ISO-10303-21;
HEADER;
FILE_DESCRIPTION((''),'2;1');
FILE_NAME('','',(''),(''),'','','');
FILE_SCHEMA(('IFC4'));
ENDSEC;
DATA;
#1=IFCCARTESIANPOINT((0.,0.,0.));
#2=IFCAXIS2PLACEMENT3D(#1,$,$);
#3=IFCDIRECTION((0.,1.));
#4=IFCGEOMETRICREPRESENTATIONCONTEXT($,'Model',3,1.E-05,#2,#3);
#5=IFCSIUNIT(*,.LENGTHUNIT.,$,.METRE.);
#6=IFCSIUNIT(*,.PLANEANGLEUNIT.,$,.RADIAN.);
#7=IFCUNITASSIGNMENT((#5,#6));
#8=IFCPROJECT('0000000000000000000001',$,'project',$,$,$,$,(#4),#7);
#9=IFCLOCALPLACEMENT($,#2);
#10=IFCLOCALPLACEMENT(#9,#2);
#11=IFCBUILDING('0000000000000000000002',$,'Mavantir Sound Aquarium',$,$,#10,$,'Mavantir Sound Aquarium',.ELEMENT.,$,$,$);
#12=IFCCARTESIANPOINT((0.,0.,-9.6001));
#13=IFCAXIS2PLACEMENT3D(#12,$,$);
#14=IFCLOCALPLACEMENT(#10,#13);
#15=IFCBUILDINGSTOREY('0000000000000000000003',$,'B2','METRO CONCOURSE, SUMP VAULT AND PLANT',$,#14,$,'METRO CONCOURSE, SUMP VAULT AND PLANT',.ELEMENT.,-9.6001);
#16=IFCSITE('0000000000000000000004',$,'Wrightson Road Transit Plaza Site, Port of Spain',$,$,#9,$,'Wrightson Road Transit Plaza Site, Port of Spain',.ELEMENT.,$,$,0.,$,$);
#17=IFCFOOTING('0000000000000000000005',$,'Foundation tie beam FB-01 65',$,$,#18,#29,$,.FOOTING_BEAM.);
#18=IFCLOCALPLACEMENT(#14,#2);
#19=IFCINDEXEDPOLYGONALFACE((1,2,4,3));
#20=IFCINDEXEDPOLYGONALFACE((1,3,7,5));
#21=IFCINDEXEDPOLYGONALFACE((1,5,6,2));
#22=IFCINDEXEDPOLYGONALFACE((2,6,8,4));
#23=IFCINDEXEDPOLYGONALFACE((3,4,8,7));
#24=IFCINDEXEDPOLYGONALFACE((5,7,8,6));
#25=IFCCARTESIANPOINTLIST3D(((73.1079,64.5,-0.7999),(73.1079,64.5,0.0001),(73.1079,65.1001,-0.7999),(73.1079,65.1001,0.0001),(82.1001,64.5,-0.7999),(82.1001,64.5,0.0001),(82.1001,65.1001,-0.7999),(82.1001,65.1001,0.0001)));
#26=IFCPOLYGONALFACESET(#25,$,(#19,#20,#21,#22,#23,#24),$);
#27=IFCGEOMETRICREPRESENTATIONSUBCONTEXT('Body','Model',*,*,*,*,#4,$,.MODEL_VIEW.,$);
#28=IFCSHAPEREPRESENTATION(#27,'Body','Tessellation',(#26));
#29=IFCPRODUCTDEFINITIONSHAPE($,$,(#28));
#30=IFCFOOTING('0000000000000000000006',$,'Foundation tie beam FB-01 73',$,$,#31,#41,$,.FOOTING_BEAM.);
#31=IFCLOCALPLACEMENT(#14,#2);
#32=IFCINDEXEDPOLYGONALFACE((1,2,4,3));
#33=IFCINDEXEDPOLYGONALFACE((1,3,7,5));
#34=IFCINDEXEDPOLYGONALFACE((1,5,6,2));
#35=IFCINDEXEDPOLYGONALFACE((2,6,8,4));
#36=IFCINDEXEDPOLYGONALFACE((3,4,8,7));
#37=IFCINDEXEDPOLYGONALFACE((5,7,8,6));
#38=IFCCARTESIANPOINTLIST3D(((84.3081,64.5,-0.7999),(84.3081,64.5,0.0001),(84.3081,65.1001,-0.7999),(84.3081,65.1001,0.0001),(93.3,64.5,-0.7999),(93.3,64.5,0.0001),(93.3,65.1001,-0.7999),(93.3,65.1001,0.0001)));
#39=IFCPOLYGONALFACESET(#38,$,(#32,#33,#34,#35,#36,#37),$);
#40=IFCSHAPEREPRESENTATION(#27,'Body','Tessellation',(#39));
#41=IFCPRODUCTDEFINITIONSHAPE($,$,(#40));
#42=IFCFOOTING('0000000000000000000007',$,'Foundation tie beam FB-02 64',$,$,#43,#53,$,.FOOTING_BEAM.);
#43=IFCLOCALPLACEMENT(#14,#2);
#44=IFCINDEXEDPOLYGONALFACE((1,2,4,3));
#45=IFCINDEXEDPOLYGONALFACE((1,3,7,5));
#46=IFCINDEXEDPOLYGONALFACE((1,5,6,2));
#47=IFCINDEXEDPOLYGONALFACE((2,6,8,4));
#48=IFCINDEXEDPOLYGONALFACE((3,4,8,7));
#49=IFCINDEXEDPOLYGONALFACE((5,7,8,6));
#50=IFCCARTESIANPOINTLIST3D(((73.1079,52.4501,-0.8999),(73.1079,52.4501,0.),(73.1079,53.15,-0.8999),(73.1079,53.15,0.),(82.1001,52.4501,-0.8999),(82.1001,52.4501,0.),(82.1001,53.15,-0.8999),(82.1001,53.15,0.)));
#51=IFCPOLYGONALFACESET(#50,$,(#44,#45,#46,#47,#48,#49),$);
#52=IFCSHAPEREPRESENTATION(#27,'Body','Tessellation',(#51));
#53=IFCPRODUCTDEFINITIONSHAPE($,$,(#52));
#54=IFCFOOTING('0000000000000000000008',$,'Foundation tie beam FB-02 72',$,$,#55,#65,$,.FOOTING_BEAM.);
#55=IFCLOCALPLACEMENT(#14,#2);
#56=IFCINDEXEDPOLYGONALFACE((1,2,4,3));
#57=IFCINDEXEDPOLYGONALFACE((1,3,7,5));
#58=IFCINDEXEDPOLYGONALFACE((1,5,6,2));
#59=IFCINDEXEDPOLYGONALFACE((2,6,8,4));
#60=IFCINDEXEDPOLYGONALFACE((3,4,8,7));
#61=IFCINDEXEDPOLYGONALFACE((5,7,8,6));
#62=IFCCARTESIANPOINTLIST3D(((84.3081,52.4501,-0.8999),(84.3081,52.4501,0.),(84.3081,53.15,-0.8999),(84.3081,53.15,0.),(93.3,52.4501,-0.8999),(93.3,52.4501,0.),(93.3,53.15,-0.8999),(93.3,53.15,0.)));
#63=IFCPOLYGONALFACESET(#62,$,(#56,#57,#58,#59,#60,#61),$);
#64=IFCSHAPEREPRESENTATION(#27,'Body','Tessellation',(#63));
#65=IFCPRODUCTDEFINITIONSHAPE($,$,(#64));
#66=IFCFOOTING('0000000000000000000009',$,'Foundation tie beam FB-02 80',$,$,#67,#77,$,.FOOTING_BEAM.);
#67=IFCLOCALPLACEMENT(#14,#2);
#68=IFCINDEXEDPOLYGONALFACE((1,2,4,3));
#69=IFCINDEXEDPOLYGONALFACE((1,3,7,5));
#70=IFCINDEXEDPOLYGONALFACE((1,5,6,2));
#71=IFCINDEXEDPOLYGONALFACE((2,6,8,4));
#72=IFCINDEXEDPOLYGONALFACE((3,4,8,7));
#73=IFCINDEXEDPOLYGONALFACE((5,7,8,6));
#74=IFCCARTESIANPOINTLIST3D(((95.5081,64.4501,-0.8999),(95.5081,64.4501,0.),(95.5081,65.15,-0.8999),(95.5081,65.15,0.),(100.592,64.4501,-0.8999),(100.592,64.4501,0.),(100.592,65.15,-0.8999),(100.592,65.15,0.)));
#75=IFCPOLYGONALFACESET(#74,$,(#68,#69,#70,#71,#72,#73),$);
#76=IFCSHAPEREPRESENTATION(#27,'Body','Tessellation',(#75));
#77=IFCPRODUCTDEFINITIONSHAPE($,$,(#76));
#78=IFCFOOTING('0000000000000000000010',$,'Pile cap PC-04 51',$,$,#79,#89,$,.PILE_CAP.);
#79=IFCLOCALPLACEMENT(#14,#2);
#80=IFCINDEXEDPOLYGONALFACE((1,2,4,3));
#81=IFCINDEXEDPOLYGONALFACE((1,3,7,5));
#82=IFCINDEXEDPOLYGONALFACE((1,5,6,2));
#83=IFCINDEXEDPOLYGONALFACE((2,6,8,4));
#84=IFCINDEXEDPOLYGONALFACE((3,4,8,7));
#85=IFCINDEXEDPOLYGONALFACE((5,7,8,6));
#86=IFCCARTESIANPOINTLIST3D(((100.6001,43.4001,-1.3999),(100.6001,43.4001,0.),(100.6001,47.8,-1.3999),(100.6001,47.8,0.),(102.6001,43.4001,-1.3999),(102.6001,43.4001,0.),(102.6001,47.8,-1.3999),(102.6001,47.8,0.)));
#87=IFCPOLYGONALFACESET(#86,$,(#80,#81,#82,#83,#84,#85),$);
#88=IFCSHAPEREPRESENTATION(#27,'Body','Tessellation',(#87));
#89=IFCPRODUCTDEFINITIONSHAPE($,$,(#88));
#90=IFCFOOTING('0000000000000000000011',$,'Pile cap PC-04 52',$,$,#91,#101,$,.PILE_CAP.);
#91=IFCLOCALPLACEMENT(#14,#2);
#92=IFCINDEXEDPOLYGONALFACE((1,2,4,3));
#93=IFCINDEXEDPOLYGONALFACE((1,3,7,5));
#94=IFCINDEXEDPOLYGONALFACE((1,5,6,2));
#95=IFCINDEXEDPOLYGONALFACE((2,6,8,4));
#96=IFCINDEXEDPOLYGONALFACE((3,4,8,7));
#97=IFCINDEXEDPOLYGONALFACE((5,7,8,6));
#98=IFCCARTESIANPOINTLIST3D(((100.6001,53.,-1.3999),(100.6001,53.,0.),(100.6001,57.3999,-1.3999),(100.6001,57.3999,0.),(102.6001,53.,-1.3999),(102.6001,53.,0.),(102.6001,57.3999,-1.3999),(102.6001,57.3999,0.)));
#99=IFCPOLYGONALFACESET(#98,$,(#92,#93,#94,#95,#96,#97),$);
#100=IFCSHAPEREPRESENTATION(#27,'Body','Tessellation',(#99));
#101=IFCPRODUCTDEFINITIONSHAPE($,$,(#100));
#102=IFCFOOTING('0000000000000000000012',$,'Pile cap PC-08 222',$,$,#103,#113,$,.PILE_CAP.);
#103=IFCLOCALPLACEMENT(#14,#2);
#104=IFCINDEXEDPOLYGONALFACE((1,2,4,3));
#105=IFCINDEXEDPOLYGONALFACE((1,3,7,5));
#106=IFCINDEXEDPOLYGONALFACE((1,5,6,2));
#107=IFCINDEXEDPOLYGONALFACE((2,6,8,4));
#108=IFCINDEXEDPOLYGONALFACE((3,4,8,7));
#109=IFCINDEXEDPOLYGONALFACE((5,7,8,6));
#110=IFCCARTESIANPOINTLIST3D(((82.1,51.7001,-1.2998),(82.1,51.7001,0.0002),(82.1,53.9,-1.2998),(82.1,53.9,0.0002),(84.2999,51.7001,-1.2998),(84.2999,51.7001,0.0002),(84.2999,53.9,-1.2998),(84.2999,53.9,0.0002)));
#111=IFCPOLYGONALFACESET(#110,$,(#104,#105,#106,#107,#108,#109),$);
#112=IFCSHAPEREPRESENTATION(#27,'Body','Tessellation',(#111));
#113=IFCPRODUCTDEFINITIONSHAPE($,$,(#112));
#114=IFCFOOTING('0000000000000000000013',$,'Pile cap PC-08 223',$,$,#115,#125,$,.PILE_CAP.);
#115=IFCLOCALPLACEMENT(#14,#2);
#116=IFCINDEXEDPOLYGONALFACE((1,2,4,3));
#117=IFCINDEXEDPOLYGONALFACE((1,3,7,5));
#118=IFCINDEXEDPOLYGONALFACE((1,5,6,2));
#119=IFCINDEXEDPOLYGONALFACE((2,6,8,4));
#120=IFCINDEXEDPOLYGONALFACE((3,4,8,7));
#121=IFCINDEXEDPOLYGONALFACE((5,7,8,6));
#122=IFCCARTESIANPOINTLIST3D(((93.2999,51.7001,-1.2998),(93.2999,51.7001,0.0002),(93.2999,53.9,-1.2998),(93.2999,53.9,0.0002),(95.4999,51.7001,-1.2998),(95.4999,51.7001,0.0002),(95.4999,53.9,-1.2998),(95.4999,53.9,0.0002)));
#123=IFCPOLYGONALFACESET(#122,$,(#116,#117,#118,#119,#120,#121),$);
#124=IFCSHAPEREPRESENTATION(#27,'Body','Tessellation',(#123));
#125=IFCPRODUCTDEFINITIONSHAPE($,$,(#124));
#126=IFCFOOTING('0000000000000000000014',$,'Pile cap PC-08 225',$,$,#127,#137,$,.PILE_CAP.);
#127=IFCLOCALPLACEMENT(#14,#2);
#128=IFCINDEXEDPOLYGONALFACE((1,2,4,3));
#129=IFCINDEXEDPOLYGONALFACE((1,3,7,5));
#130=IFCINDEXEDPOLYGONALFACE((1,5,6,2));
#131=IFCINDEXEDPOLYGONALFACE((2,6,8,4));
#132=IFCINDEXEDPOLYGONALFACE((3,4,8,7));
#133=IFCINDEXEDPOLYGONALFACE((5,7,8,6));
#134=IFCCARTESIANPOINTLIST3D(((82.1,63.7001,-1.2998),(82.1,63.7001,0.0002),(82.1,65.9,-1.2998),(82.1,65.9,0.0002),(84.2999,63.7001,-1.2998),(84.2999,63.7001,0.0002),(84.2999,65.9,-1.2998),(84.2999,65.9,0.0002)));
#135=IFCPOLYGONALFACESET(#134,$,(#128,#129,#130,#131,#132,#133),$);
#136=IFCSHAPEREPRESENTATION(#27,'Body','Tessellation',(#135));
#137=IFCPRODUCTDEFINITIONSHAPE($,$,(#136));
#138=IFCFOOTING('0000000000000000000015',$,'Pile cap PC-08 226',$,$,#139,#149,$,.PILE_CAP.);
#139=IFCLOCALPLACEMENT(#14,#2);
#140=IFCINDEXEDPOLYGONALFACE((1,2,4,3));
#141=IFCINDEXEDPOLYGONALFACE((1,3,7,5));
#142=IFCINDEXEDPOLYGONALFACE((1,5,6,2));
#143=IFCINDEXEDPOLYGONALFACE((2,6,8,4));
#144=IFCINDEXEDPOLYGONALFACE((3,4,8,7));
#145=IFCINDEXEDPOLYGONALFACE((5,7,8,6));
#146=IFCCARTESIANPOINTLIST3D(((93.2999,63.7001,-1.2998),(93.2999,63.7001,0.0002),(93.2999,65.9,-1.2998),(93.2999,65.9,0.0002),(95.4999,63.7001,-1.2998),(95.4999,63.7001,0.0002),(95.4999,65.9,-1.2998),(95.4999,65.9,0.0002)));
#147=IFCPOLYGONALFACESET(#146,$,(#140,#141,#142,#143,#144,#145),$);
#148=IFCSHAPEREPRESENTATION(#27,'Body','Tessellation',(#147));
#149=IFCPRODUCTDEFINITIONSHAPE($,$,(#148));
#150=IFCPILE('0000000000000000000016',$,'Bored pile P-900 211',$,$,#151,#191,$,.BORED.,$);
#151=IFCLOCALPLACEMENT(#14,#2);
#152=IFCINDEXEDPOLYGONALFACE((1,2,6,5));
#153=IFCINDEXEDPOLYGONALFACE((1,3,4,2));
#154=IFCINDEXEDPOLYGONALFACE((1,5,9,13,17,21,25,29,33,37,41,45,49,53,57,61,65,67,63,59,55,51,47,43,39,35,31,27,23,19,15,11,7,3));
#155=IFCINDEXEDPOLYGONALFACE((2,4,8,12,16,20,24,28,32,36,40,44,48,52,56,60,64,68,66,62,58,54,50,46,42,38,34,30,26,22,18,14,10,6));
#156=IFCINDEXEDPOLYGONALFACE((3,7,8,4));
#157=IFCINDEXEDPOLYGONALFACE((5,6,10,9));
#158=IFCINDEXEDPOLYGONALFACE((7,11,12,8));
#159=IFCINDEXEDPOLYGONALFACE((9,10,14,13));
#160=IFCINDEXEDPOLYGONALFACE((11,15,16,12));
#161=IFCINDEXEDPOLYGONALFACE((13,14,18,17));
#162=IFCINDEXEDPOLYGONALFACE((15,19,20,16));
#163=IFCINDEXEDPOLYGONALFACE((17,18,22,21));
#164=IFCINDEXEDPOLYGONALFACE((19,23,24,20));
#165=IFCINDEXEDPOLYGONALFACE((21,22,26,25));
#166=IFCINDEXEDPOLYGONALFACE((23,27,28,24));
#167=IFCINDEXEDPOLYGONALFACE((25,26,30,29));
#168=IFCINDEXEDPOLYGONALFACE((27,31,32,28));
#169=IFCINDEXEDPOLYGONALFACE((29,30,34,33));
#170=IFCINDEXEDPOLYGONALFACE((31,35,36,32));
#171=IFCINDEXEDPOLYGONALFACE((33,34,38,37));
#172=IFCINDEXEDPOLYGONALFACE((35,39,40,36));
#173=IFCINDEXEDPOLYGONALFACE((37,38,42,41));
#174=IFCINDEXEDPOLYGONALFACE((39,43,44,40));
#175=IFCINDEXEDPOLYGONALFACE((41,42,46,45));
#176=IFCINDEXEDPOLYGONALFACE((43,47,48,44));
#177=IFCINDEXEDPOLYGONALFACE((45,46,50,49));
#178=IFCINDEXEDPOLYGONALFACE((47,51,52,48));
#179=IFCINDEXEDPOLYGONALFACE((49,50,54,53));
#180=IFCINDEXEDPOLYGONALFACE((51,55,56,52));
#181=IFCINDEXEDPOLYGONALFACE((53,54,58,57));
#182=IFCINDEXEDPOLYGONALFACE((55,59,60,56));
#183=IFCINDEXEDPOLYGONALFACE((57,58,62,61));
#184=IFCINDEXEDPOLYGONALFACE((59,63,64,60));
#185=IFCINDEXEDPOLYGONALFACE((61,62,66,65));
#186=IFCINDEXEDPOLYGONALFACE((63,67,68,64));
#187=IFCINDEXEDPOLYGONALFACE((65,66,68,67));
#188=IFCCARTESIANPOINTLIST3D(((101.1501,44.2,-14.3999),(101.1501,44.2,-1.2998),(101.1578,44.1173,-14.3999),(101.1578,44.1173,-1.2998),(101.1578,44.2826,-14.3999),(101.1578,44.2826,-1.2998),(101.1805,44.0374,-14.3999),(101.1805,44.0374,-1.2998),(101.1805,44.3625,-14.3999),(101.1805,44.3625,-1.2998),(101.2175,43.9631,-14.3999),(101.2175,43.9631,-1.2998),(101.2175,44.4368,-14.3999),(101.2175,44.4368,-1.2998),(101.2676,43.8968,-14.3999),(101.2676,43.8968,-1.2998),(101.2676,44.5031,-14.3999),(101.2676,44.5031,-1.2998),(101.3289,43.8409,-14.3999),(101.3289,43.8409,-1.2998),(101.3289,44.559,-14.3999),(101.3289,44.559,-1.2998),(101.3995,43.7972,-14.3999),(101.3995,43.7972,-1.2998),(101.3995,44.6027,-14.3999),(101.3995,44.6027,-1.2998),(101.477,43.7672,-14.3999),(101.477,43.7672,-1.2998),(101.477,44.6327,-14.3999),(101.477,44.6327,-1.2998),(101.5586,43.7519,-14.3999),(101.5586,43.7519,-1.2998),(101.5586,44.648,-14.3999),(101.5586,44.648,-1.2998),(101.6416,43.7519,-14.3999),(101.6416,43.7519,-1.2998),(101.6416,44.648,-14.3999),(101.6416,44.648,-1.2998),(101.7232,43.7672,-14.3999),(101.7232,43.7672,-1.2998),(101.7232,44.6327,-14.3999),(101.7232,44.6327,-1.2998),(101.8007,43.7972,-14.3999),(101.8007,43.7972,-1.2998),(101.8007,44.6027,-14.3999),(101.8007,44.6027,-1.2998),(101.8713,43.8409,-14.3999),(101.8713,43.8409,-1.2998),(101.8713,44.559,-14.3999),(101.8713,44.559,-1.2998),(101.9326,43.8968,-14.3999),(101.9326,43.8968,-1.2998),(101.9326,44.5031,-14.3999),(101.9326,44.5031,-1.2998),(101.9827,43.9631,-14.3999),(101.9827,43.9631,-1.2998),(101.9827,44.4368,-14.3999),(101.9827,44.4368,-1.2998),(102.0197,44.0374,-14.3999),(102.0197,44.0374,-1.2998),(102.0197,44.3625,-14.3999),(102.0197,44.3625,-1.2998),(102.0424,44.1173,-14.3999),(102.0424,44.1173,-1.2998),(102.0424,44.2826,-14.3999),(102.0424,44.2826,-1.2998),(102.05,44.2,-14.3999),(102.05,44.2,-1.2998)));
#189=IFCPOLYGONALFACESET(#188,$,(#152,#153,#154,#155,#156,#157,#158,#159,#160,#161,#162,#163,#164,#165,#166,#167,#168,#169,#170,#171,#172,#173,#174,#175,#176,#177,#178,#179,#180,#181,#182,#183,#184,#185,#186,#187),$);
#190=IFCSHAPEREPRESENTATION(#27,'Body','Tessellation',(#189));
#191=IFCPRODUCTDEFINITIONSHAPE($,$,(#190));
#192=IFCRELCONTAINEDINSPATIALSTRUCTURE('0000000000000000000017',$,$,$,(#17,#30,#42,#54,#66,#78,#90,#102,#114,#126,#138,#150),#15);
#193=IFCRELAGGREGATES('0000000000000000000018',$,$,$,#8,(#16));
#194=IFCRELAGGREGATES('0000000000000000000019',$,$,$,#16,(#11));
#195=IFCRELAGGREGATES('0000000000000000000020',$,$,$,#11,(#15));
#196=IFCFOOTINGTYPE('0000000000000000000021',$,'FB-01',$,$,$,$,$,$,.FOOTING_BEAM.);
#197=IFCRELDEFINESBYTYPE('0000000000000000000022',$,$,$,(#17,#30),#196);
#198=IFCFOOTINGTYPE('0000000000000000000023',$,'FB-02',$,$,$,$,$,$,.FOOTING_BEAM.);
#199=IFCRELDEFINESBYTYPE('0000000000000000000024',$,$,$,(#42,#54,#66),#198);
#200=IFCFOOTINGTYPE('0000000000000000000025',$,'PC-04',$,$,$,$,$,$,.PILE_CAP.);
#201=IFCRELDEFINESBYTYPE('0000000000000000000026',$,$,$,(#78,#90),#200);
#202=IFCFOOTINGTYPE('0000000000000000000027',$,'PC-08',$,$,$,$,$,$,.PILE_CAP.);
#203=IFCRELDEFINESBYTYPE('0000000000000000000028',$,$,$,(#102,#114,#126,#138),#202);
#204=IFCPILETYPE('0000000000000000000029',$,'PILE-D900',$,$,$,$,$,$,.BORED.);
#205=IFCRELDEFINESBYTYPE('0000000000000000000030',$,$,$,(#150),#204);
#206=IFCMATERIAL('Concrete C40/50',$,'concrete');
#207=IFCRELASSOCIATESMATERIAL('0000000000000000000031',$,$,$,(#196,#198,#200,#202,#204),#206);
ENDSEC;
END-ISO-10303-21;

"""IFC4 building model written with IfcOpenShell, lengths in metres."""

from ifc_helpers import new_model, si_unit, direction, frame, origin, origin_2d, place, context, subcontext, project, spatial, rectangle, circle, extrude, material, material_profile, profile_set, type_object, element, save


model = new_model("IFC4")

# Units and contexts
model_context = context("Model", 3, precision=1e-05, world=origin(), true_north=direction((0.0, 1.0)))
body_context = subcontext(model_context, "Body", "Model", "MODEL_VIEW")
ifc_project = project(units=[si_unit("LENGTHUNIT", "METRE"), si_unit("PLANEANGLEUNIT", "RADIAN")], contexts=[model_context])

# Site, building, storey
site_placement = place(None, origin())
site = spatial("IfcSite", under=ifc_project, at=site_placement, Name="Wrightson Road Transit Plaza Site, Port of Spain", LongName="Wrightson Road Transit Plaza Site, Port of Spain", CompositionType="ELEMENT", RefElevation=0.0)
building_placement = place(site_placement, origin())
building = spatial("IfcBuilding", under=site, at=building_placement, Name="Mavantir Sound Aquarium", LongName="Mavantir Sound Aquarium", CompositionType="ELEMENT")
storey_placement = place(building_placement, frame((0.0, 0.0, -9.6001)))
storey = spatial("IfcBuildingStorey", under=building, at=storey_placement, Name="B2", Description="METRO CONCOURSE, SUMP VAULT AND PLANT", LongName="METRO CONCOURSE, SUMP VAULT AND PLANT", CompositionType="ELEMENT", Elevation=-9.6001)

# Footings
ifc_material = material(Name="Concrete C40/50", Category="concrete")
ifc_material_profile_1 = material_profile(ifc_material, rectangle(XDim=0.6001, YDim=0.8, at=origin_2d()), Name="RC 600X800")
ifc_profile_set_1 = profile_set([ifc_material_profile_1], Name="Concrete C40/50")
footing_type_1 = type_object("IfcFootingType", Name="FB-01", PredefinedType="FOOTING_BEAM", material=ifc_profile_set_1)
footing_1_placement = place(storey_placement, frame((73.1079, 64.8, -0.3999), z_axis=(1.0, 0.0, 0.0), x_axis=(0.0, 1.0, 0.0)))
element("IfcFooting", 1, at=footing_1_placement, inside=storey, type_object=footing_type_1, Name="Foundation tie beam FB-01 65", PredefinedType="FOOTING_BEAM", context=body_context, shape_type="SweptSolid", body=[
    extrude(rectangle(XDim=0.6001, YDim=0.8, at=origin_2d()), origin(), (0.0, 0.0, 1.0), 8.9922),
])
footing_2_placement = place(storey_placement, frame((84.3081, 64.8, -0.3999), z_axis=(1.0, 0.0, 0.0), x_axis=(0.0, 1.0, 0.0)))
element("IfcFooting", 2, at=footing_2_placement, inside=storey, type_object=footing_type_1, Name="Foundation tie beam FB-01 73", PredefinedType="FOOTING_BEAM", context=body_context, shape_type="SweptSolid", body=[
    extrude(rectangle(XDim=0.6001, YDim=0.8, at=origin_2d()), origin(), (0.0, 0.0, 1.0), 8.9919),
])
ifc_material_profile_2 = material_profile(ifc_material, rectangle(XDim=0.7, YDim=0.8999, at=origin_2d()), Name="RC 700X900")
ifc_profile_set_2 = profile_set([ifc_material_profile_2], Name="Concrete C40/50")
footing_type_2 = type_object("IfcFootingType", Name="FB-02", PredefinedType="FOOTING_BEAM", material=ifc_profile_set_2)
footing_3_placement = place(storey_placement, frame((73.1079, 52.8, -0.45), z_axis=(1.0, 0.0, 0.0), x_axis=(0.0, 1.0, 0.0)))
element("IfcFooting", 3, at=footing_3_placement, inside=storey, type_object=footing_type_2, Name="Foundation tie beam FB-02 64", PredefinedType="FOOTING_BEAM", context=body_context, shape_type="SweptSolid", body=[
    extrude(rectangle(XDim=0.7, YDim=0.8999, at=origin_2d()), origin(), (0.0, 0.0, 1.0), 8.9922),
])
footing_4_placement = place(storey_placement, frame((84.3081, 52.8, -0.45), z_axis=(1.0, 0.0, 0.0), x_axis=(0.0, 1.0, 0.0)))
element("IfcFooting", 4, at=footing_4_placement, inside=storey, type_object=footing_type_2, Name="Foundation tie beam FB-02 72", PredefinedType="FOOTING_BEAM", context=body_context, shape_type="SweptSolid", body=[
    extrude(rectangle(XDim=0.7, YDim=0.8999, at=origin_2d()), origin(), (0.0, 0.0, 1.0), 8.9919),
])
footing_5_placement = place(storey_placement, frame((95.5081, 64.8, -0.45), z_axis=(1.0, 0.0, 0.0), x_axis=(0.0, 1.0, 0.0)))
element("IfcFooting", 5, at=footing_5_placement, inside=storey, type_object=footing_type_2, Name="Foundation tie beam FB-02 80", PredefinedType="FOOTING_BEAM", context=body_context, shape_type="SweptSolid", body=[
    extrude(rectangle(XDim=0.7, YDim=0.8999, at=origin_2d()), origin(), (0.0, 0.0, 1.0), 5.084),
])
footing_type_3 = type_object("IfcFootingType", Name="PC-04", PredefinedType="PILE_CAP", material=ifc_material)
for number, where, z_axis, x_axis, name in (
    (6, (101.6001, 45.6001, -1.3999), (0.0, 0.0, 1.0), (1.0, 0.0, 0.0), "Pile cap PC-04 51"),
    (7, (101.6001, 55.2, -1.3999), (0.0, 0.0, 1.0), (1.0, 0.0, 0.0), "Pile cap PC-04 52"),
):
    element("IfcFooting", number, at=place(storey_placement, frame(where, z_axis=z_axis, x_axis=x_axis)), inside=storey, type_object=footing_type_3, Name=name, PredefinedType="PILE_CAP", context=body_context, shape_type="SweptSolid", body=[
        extrude(rectangle(XDim=2.0, YDim=4.3999, at=origin_2d()), origin(), (0.0, 0.0, 1.0), 1.3999),
    ])
footing_type_4 = type_object("IfcFootingType", Name="PC-08", PredefinedType="PILE_CAP", material=ifc_material)
for number, where, z_axis, x_axis, name in (
    (8, (83.2, 52.8, -1.2998), (0.0, 0.0, 1.0), (1.0, 0.0, 0.0), "Pile cap PC-08 222"),
    (9, (94.3999, 52.8, -1.2998), (0.0, 0.0, 1.0), (1.0, 0.0, 0.0), "Pile cap PC-08 223"),
    (10, (83.2, 64.8, -1.2998), (0.0, 0.0, 1.0), (1.0, 0.0, 0.0), "Pile cap PC-08 225"),
    (11, (94.3999, 64.8, -1.2998), (0.0, 0.0, 1.0), (1.0, 0.0, 0.0), "Pile cap PC-08 226"),
):
    element("IfcFooting", number, at=place(storey_placement, frame(where, z_axis=z_axis, x_axis=x_axis)), inside=storey, type_object=footing_type_4, Name=name, PredefinedType="PILE_CAP", context=body_context, shape_type="SweptSolid", body=[
        extrude(rectangle(XDim=2.2, YDim=2.2, at=origin_2d()), origin(), (0.0, 0.0, 1.0), 1.3),
    ])

# Pile
ifc_material_profile_3 = material_profile(ifc_material, circle(Radius=0.45, at=origin_2d()), Name="PILE D900")
ifc_profile_set_3 = profile_set([ifc_material_profile_3], Name="Concrete C40/50")
pile_type = type_object("IfcPileType", Name="PILE-D900", PredefinedType="BORED", material=ifc_profile_set_3)
for number, where, z_axis, x_axis, name in (
    (12, (101.6001, 44.2, -1.2998), (0.0, 0.0, -1.0), (1.0, 0.0, 0.0), "Bored pile P-900 211"),
):
    element("IfcPile", number, at=place(storey_placement, frame(where, z_axis=z_axis, x_axis=x_axis)), inside=storey, type_object=pile_type, Name=name, PredefinedType="BORED", context=body_context, shape_type="SweptSolid", body=[
        extrude(circle(Radius=0.45, at=origin_2d()), origin(), (0.0, 0.0, 1.0), 13.1001),
    ])

save(model, "model.ifc")
